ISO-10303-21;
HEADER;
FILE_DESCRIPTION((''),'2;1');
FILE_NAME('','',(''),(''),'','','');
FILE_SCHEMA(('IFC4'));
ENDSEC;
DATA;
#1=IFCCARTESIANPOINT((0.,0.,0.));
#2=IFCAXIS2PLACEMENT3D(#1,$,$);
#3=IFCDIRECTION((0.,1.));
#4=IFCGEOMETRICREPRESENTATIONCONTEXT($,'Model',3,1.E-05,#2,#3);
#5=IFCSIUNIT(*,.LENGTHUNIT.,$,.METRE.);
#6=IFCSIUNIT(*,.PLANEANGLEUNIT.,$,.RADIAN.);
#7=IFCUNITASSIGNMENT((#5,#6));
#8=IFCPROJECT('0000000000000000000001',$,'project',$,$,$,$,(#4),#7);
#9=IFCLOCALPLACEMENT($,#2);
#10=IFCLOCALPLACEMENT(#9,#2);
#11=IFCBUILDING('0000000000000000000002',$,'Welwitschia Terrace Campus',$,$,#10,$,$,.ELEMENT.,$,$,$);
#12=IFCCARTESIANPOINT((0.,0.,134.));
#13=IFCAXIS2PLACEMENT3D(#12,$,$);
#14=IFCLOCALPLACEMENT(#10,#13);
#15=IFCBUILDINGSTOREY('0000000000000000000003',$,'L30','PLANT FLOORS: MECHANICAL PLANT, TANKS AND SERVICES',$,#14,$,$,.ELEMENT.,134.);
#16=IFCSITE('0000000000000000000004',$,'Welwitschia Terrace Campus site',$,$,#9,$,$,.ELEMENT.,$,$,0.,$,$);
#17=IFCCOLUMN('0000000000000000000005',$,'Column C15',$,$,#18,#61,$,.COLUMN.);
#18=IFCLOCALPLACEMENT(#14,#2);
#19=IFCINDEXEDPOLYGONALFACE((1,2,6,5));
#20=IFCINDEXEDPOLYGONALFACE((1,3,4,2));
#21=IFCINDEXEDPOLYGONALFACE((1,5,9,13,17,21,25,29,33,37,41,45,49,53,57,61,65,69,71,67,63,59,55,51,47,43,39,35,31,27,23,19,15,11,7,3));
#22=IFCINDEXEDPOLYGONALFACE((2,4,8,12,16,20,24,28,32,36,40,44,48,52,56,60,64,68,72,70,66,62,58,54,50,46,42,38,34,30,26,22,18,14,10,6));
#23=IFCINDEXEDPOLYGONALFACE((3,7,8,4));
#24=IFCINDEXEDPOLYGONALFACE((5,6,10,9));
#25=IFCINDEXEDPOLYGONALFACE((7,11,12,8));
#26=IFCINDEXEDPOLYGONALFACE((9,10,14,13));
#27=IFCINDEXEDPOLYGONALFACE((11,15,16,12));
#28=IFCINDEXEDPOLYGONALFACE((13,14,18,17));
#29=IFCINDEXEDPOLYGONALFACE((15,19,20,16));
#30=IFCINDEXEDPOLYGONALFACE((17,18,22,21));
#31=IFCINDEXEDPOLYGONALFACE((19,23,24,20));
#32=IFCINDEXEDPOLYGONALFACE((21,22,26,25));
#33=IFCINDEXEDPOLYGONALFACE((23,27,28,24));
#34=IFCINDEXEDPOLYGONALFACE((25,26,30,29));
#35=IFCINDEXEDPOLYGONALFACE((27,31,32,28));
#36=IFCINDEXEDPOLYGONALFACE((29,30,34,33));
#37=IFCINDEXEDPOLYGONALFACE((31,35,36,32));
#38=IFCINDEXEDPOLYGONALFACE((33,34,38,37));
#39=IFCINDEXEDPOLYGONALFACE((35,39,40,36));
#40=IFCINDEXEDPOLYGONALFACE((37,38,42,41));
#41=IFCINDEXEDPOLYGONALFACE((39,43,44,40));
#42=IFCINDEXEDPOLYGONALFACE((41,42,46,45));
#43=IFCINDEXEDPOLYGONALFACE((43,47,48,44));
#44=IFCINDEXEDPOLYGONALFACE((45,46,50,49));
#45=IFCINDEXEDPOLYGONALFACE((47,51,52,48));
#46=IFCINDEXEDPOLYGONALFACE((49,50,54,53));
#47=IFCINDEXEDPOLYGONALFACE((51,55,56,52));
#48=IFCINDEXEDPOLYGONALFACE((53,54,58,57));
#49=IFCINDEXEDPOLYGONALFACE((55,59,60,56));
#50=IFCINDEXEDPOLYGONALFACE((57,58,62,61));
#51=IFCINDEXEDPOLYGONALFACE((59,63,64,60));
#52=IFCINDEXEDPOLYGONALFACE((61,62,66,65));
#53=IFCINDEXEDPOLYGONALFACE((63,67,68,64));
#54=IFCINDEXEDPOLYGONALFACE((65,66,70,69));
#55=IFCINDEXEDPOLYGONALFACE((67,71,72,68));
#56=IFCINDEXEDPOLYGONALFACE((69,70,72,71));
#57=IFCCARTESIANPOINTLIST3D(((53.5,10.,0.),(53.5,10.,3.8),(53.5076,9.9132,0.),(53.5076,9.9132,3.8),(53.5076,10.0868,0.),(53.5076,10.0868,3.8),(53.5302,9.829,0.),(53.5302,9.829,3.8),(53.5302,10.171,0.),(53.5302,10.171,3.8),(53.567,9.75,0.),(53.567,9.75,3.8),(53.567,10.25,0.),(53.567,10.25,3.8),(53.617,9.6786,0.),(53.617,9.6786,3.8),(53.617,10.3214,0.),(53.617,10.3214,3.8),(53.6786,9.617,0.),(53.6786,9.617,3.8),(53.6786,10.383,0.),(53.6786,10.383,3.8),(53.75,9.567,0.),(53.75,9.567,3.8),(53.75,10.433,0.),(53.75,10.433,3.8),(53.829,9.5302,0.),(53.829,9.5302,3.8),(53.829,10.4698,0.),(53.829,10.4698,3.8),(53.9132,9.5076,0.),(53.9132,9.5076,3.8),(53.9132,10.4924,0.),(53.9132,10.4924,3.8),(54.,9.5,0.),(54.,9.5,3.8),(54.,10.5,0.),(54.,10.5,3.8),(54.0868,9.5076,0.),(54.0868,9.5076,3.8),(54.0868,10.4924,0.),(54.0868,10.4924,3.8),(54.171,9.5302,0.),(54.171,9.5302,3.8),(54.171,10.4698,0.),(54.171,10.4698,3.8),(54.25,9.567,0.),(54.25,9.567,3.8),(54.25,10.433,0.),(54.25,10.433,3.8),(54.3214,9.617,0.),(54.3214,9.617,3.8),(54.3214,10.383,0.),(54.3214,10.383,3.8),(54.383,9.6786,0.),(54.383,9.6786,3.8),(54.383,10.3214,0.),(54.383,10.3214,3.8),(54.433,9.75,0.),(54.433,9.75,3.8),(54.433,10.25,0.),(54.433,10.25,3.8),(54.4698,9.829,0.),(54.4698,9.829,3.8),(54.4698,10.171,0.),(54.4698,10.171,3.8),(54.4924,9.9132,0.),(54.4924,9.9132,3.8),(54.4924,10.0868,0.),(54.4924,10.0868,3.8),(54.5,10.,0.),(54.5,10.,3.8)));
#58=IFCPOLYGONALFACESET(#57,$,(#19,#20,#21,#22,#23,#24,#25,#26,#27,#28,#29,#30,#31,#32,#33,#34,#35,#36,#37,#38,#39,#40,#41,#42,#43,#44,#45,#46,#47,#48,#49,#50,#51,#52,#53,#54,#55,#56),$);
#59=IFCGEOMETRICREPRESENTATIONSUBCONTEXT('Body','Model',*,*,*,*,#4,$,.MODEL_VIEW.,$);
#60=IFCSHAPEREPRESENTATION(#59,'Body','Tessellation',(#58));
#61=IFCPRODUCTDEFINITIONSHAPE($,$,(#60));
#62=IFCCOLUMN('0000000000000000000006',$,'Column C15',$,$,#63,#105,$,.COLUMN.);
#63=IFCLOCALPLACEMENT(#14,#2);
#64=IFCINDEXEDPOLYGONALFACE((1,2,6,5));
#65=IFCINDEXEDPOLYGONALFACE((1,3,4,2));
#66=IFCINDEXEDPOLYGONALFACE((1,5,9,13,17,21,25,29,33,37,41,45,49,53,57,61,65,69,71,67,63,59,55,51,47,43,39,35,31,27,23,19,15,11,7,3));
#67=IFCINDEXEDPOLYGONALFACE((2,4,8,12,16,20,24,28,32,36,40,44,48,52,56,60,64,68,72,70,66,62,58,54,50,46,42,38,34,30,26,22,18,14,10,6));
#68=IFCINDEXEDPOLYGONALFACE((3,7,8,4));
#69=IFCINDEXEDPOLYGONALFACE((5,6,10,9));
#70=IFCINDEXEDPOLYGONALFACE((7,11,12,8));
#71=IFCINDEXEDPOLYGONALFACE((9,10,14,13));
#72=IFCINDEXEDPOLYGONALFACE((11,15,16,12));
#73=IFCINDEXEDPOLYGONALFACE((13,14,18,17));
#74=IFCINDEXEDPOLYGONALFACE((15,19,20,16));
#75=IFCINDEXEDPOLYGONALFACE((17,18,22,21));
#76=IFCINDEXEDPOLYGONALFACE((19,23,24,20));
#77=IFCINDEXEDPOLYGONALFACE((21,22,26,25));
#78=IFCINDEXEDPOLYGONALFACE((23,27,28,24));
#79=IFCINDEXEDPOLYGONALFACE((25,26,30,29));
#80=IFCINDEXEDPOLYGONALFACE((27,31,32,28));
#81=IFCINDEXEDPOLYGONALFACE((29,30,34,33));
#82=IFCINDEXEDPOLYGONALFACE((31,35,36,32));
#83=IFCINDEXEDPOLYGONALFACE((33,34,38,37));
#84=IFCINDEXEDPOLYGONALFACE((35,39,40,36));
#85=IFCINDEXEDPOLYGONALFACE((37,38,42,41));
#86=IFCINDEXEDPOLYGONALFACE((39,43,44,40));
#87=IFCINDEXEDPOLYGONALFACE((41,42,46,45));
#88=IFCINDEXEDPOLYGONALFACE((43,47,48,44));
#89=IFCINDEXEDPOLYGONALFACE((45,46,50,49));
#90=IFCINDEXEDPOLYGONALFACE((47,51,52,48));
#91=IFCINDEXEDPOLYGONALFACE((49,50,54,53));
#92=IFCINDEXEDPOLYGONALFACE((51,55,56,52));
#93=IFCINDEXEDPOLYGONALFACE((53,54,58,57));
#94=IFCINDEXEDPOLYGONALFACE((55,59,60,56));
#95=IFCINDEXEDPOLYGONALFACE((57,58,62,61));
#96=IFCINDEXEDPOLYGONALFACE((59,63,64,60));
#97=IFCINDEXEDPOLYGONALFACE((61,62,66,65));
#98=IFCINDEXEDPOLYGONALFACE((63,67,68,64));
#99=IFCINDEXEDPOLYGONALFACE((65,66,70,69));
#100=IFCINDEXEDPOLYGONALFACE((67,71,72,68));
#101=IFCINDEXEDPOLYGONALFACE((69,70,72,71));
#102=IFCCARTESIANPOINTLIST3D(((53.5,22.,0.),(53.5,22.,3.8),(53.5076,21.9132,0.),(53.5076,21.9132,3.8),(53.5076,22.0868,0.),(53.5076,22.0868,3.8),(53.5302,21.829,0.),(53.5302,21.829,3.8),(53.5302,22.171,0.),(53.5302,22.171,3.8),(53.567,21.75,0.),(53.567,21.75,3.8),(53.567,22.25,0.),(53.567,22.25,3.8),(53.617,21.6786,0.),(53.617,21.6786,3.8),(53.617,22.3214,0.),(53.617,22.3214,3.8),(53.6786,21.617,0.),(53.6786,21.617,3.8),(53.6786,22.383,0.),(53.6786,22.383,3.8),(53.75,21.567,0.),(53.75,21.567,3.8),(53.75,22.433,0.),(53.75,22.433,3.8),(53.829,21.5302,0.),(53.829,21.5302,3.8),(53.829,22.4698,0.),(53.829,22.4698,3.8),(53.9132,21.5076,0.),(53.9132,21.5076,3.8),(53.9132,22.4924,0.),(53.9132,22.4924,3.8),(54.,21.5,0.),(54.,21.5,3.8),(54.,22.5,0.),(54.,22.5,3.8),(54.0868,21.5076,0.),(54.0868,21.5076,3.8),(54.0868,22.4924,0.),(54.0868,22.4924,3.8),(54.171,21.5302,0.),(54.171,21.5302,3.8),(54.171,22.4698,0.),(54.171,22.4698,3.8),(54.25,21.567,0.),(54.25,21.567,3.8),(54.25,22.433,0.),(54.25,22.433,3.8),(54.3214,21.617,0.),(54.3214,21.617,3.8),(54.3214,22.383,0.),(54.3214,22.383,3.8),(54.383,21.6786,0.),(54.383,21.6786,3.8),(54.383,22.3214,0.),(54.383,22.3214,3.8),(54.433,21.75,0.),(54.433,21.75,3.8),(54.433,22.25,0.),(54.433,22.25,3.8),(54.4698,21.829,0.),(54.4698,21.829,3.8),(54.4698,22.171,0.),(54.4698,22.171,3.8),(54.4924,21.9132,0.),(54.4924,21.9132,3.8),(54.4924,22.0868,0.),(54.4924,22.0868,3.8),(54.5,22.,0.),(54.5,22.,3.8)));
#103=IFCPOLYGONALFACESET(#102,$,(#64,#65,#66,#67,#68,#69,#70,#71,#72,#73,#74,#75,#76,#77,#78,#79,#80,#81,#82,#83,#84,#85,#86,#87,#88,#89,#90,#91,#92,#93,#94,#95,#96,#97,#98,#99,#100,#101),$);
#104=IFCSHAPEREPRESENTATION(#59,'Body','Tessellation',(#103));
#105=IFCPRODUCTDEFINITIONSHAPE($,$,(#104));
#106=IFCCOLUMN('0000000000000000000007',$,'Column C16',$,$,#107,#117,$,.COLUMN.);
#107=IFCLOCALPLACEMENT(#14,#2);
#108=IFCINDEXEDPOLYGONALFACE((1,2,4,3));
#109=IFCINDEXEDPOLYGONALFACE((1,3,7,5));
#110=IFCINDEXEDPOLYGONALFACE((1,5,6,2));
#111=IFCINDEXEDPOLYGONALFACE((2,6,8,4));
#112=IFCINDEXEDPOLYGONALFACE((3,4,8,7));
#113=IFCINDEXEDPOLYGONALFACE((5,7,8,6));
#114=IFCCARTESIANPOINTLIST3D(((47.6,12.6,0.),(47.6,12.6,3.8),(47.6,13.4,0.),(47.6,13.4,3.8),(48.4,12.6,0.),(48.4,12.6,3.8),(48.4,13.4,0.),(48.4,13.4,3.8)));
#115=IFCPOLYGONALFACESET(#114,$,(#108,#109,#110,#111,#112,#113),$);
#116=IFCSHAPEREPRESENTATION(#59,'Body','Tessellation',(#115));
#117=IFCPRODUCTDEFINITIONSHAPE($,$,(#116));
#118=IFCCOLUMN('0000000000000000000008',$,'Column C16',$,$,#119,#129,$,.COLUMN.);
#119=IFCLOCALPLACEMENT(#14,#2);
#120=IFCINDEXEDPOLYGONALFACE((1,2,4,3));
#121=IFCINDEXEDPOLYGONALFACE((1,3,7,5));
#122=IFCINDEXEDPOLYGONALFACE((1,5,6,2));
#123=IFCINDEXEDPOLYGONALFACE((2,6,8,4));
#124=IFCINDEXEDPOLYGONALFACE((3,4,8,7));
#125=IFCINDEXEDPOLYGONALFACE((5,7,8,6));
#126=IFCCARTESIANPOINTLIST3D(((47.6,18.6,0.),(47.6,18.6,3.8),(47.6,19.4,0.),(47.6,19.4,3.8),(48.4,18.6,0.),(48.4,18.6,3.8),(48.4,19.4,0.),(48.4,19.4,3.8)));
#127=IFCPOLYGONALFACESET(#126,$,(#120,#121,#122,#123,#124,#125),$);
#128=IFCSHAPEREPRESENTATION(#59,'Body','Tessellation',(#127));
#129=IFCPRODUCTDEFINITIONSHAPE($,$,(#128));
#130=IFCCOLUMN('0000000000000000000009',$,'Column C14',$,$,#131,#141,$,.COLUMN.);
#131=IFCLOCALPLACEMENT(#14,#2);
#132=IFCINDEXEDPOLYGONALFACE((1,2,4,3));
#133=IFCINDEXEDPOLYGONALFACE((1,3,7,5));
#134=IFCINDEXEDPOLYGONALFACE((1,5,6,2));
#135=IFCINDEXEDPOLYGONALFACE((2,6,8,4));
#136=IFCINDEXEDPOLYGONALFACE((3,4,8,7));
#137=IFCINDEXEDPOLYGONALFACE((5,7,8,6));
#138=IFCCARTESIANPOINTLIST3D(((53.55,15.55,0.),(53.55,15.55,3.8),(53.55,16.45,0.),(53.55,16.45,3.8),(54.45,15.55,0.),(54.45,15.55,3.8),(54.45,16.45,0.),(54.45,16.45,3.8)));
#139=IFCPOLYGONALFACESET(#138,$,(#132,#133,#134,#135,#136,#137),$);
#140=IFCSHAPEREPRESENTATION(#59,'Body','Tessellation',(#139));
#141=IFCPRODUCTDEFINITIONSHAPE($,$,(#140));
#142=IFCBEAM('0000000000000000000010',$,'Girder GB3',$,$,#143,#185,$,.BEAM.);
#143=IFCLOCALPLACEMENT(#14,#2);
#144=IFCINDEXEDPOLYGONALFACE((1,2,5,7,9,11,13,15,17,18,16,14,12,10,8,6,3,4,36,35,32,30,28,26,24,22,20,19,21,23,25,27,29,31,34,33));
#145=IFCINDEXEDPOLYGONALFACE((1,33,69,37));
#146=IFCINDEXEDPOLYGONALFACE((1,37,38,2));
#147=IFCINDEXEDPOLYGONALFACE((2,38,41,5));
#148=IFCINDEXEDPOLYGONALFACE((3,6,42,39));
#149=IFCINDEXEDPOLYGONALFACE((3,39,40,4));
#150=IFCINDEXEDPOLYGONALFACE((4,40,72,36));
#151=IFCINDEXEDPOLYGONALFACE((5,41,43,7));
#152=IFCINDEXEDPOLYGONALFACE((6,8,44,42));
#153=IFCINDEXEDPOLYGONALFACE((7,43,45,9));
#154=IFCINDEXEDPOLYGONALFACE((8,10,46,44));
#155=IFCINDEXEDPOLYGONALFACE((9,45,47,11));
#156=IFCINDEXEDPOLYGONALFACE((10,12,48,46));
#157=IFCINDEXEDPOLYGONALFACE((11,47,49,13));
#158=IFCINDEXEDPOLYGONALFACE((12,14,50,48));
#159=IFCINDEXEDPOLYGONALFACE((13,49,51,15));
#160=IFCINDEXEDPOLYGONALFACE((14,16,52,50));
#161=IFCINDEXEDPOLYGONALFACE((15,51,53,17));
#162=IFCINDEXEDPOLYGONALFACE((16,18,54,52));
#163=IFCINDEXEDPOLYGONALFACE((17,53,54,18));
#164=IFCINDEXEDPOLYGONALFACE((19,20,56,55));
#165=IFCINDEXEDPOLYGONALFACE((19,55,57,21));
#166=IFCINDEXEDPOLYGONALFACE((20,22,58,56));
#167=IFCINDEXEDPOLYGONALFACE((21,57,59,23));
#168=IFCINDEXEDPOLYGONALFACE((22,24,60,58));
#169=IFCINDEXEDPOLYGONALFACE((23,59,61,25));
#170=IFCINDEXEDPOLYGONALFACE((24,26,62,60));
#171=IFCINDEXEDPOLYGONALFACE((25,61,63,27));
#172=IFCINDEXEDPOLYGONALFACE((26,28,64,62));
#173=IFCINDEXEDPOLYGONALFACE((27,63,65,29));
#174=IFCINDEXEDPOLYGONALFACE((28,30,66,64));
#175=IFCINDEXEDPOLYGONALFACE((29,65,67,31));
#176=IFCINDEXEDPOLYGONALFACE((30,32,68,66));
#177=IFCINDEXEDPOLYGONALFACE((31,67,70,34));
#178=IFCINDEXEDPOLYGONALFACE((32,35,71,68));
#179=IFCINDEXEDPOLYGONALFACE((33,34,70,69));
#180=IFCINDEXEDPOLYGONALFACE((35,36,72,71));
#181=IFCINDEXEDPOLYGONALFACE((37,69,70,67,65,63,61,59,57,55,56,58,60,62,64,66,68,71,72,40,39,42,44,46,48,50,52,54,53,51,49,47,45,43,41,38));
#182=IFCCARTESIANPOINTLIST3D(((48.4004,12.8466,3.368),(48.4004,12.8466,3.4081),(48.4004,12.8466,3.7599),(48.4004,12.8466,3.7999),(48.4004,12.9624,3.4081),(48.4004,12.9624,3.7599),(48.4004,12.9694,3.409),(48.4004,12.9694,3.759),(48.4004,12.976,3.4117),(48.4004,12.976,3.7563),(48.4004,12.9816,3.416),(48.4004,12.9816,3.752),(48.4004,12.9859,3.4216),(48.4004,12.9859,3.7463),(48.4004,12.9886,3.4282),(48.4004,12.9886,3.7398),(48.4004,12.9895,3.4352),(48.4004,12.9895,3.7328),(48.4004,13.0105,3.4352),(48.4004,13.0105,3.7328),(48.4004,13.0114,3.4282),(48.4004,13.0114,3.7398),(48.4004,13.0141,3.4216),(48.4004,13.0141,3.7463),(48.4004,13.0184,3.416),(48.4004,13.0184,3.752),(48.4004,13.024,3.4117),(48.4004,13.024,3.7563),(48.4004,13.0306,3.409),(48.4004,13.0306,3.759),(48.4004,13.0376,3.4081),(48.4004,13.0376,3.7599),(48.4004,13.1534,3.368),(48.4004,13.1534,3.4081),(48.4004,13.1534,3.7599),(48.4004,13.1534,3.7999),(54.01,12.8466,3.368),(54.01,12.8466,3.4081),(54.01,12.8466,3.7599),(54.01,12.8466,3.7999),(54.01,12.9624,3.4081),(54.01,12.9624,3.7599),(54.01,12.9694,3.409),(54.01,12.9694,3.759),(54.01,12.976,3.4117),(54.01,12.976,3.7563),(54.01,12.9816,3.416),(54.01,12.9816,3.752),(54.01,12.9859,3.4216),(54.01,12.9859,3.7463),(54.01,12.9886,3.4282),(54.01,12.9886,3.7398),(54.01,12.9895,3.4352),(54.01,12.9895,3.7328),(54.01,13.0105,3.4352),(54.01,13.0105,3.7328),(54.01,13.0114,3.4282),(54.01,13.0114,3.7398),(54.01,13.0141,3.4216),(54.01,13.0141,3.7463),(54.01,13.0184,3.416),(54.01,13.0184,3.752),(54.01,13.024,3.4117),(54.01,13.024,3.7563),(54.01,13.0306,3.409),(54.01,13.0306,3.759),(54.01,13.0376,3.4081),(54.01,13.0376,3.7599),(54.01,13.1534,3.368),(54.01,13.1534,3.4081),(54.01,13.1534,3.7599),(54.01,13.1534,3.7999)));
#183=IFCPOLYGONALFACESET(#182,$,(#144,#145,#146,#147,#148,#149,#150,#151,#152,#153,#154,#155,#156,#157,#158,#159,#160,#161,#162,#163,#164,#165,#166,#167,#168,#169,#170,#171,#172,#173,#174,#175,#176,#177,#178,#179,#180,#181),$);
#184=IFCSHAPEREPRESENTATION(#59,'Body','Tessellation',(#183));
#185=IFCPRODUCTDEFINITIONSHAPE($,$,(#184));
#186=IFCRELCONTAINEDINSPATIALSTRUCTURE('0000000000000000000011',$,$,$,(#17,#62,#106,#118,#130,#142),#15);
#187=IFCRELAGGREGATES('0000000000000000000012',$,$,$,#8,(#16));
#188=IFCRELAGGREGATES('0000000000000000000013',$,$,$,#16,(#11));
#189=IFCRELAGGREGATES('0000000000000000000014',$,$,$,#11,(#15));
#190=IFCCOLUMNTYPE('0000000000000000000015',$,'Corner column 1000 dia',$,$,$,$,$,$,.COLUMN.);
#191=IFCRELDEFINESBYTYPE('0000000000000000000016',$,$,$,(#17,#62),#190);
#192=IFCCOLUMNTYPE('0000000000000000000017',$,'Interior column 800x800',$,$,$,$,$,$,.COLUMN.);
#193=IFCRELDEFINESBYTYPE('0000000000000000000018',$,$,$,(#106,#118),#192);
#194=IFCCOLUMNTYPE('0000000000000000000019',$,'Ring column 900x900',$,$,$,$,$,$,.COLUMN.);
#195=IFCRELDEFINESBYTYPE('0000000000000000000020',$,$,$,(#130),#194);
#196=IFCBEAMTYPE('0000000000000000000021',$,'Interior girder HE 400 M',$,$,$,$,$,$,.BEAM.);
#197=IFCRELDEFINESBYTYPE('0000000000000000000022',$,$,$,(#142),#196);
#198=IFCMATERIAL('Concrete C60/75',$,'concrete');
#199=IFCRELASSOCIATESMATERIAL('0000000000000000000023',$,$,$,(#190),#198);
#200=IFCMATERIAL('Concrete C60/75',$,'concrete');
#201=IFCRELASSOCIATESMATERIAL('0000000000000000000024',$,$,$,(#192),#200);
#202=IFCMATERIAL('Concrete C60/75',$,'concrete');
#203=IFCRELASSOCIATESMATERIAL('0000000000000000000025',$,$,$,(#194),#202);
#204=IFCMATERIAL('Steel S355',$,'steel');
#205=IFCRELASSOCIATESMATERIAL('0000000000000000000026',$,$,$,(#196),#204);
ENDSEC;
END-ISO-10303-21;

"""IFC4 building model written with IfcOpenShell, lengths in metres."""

from ifc_helpers import new_model, si_unit, direction, frame, origin, origin_2d, place, context, subcontext, project, spatial, rectangle, circle, i_section, extrude, material, material_profile, profile_set, type_object, element, save


model = new_model("IFC4")

# Units and contexts
model_context = context("Model", 3, precision=1e-05, world=origin(), true_north=direction((0.0, 1.0)))
body_context = subcontext(model_context, "Body", "Model", "MODEL_VIEW")
ifc_project = project(units=[si_unit("LENGTHUNIT", "METRE"), si_unit("PLANEANGLEUNIT", "RADIAN")], contexts=[model_context])

# Site, building, storey
site_placement = place(None, origin())
site = spatial("IfcSite", under=ifc_project, at=site_placement, Name="Welwitschia Terrace Campus site", CompositionType="ELEMENT", RefElevation=0.0)
building_placement = place(site_placement, origin())
building = spatial("IfcBuilding", under=site, at=building_placement, Name="Welwitschia Terrace Campus", CompositionType="ELEMENT")
storey_placement = place(building_placement, frame((0.0, 0.0, 134.0)))
storey = spatial("IfcBuildingStorey", under=building, at=storey_placement, Name="L30", Description="PLANT FLOORS: MECHANICAL PLANT, TANKS AND SERVICES", CompositionType="ELEMENT", Elevation=134.0)

# Columns
ifc_material_1 = material(Name="Concrete C60/75", Category="concrete")
ifc_material_profile_1 = material_profile(ifc_material_1, circle(Radius=0.5, at=origin_2d()))
ifc_profile_set_1 = profile_set([ifc_material_profile_1], Name="Concrete C60/75")
column_type_1 = type_object("IfcColumnType", Name="Corner column 1000 dia", PredefinedType="COLUMN", material=ifc_profile_set_1)
for number, where, z_axis, x_axis, name in (
    (1, (54.0, 10.0, 0.0), (0.0, 0.0, 1.0), (1.0, 0.0, 0.0), "Column C15"),
    (2, (54.0, 22.0, 0.0), (0.0, 0.0, 1.0), (1.0, 0.0, 0.0), "Column C15"),
):
    element("IfcColumn", number, at=place(storey_placement, frame(where, z_axis=z_axis, x_axis=x_axis)), inside=storey, type_object=column_type_1, Name=name, PredefinedType="COLUMN", context=body_context, shape_type="SweptSolid", body=[
        extrude(circle(Radius=0.5, at=origin_2d()), origin(), (0.0, 0.0, 1.0), 3.8),
    ])
ifc_material_2 = material(Name="Concrete C60/75", Category="concrete")
ifc_material_profile_2 = material_profile(ifc_material_2, rectangle(XDim=0.8, YDim=0.8, at=origin_2d()))
ifc_profile_set_2 = profile_set([ifc_material_profile_2], Name="Concrete C60/75")
column_type_2 = type_object("IfcColumnType", Name="Interior column 800x800", PredefinedType="COLUMN", material=ifc_profile_set_2)
for number, where, z_axis, x_axis, name in (
    (3, (48.0, 13.0, 0.0), (0.0, 0.0, 1.0), (1.0, 0.0, 0.0), "Column C16"),
    (4, (48.0, 19.0, 0.0), (0.0, 0.0, 1.0), (1.0, 0.0, 0.0), "Column C16"),
):
    element("IfcColumn", number, at=place(storey_placement, frame(where, z_axis=z_axis, x_axis=x_axis)), inside=storey, type_object=column_type_2, Name=name, PredefinedType="COLUMN", context=body_context, shape_type="SweptSolid", body=[
        extrude(rectangle(XDim=0.8, YDim=0.8, at=origin_2d()), origin(), (0.0, 0.0, 1.0), 3.8),
    ])
ifc_material_3 = material(Name="Concrete C60/75", Category="concrete")
ifc_material_profile_3 = material_profile(ifc_material_3, rectangle(XDim=0.8999, YDim=0.8999, at=origin_2d()))
ifc_profile_set_3 = profile_set([ifc_material_profile_3], Name="Concrete C60/75")
column_type_3 = type_object("IfcColumnType", Name="Ring column 900x900", PredefinedType="COLUMN", material=ifc_profile_set_3)
column_placement = place(storey_placement, frame((54.0, 16.0, 0.0), z_axis=(0.0, 0.0, 1.0), x_axis=(1.0, 0.0, 0.0)))
element("IfcColumn", 5, at=column_placement, inside=storey, type_object=column_type_3, Name="Column C14", PredefinedType="COLUMN", context=body_context, shape_type="SweptSolid", body=[
    extrude(rectangle(XDim=0.8999, YDim=0.8999, at=origin_2d()), origin(), (0.0, 0.0, 1.0), 3.8),
])

# Beam
ifc_material_4 = material(Name="Steel S355", Category="steel")
ifc_material_profile_4 = material_profile(ifc_material_4, i_section(OverallWidth=0.3069, OverallDepth=0.4319, WebThickness=0.021, FlangeThickness=0.04, FilletRadius=0.0271, at=origin_2d()))
ifc_profile_set_4 = profile_set([ifc_material_profile_4], Name="Steel S355")
beam_type_1 = type_object("IfcBeamType", Name="Interior girder HE 400 M", PredefinedType="BEAM", material=ifc_profile_set_4)
for number, where, z_axis, x_axis, name in (
    (6, (48.4004, 13.0, 3.584), (1.0, 0.0, 0.0), (0.0, 1.0, 0.0), "Girder GB3"),
):
    element("IfcBeam", number, at=place(storey_placement, frame(where, z_axis=z_axis, x_axis=x_axis)), inside=storey, type_object=beam_type_1, Name=name, PredefinedType="BEAM", context=body_context, shape_type="SweptSolid", body=[
        extrude(i_section(OverallWidth=0.3069, OverallDepth=0.4319, WebThickness=0.021, FlangeThickness=0.04, FilletRadius=0.0271, at=origin_2d()), origin(), (0.0, 0.0, 1.0), 5.6096),
    ])

save(model, "model.ifc")
